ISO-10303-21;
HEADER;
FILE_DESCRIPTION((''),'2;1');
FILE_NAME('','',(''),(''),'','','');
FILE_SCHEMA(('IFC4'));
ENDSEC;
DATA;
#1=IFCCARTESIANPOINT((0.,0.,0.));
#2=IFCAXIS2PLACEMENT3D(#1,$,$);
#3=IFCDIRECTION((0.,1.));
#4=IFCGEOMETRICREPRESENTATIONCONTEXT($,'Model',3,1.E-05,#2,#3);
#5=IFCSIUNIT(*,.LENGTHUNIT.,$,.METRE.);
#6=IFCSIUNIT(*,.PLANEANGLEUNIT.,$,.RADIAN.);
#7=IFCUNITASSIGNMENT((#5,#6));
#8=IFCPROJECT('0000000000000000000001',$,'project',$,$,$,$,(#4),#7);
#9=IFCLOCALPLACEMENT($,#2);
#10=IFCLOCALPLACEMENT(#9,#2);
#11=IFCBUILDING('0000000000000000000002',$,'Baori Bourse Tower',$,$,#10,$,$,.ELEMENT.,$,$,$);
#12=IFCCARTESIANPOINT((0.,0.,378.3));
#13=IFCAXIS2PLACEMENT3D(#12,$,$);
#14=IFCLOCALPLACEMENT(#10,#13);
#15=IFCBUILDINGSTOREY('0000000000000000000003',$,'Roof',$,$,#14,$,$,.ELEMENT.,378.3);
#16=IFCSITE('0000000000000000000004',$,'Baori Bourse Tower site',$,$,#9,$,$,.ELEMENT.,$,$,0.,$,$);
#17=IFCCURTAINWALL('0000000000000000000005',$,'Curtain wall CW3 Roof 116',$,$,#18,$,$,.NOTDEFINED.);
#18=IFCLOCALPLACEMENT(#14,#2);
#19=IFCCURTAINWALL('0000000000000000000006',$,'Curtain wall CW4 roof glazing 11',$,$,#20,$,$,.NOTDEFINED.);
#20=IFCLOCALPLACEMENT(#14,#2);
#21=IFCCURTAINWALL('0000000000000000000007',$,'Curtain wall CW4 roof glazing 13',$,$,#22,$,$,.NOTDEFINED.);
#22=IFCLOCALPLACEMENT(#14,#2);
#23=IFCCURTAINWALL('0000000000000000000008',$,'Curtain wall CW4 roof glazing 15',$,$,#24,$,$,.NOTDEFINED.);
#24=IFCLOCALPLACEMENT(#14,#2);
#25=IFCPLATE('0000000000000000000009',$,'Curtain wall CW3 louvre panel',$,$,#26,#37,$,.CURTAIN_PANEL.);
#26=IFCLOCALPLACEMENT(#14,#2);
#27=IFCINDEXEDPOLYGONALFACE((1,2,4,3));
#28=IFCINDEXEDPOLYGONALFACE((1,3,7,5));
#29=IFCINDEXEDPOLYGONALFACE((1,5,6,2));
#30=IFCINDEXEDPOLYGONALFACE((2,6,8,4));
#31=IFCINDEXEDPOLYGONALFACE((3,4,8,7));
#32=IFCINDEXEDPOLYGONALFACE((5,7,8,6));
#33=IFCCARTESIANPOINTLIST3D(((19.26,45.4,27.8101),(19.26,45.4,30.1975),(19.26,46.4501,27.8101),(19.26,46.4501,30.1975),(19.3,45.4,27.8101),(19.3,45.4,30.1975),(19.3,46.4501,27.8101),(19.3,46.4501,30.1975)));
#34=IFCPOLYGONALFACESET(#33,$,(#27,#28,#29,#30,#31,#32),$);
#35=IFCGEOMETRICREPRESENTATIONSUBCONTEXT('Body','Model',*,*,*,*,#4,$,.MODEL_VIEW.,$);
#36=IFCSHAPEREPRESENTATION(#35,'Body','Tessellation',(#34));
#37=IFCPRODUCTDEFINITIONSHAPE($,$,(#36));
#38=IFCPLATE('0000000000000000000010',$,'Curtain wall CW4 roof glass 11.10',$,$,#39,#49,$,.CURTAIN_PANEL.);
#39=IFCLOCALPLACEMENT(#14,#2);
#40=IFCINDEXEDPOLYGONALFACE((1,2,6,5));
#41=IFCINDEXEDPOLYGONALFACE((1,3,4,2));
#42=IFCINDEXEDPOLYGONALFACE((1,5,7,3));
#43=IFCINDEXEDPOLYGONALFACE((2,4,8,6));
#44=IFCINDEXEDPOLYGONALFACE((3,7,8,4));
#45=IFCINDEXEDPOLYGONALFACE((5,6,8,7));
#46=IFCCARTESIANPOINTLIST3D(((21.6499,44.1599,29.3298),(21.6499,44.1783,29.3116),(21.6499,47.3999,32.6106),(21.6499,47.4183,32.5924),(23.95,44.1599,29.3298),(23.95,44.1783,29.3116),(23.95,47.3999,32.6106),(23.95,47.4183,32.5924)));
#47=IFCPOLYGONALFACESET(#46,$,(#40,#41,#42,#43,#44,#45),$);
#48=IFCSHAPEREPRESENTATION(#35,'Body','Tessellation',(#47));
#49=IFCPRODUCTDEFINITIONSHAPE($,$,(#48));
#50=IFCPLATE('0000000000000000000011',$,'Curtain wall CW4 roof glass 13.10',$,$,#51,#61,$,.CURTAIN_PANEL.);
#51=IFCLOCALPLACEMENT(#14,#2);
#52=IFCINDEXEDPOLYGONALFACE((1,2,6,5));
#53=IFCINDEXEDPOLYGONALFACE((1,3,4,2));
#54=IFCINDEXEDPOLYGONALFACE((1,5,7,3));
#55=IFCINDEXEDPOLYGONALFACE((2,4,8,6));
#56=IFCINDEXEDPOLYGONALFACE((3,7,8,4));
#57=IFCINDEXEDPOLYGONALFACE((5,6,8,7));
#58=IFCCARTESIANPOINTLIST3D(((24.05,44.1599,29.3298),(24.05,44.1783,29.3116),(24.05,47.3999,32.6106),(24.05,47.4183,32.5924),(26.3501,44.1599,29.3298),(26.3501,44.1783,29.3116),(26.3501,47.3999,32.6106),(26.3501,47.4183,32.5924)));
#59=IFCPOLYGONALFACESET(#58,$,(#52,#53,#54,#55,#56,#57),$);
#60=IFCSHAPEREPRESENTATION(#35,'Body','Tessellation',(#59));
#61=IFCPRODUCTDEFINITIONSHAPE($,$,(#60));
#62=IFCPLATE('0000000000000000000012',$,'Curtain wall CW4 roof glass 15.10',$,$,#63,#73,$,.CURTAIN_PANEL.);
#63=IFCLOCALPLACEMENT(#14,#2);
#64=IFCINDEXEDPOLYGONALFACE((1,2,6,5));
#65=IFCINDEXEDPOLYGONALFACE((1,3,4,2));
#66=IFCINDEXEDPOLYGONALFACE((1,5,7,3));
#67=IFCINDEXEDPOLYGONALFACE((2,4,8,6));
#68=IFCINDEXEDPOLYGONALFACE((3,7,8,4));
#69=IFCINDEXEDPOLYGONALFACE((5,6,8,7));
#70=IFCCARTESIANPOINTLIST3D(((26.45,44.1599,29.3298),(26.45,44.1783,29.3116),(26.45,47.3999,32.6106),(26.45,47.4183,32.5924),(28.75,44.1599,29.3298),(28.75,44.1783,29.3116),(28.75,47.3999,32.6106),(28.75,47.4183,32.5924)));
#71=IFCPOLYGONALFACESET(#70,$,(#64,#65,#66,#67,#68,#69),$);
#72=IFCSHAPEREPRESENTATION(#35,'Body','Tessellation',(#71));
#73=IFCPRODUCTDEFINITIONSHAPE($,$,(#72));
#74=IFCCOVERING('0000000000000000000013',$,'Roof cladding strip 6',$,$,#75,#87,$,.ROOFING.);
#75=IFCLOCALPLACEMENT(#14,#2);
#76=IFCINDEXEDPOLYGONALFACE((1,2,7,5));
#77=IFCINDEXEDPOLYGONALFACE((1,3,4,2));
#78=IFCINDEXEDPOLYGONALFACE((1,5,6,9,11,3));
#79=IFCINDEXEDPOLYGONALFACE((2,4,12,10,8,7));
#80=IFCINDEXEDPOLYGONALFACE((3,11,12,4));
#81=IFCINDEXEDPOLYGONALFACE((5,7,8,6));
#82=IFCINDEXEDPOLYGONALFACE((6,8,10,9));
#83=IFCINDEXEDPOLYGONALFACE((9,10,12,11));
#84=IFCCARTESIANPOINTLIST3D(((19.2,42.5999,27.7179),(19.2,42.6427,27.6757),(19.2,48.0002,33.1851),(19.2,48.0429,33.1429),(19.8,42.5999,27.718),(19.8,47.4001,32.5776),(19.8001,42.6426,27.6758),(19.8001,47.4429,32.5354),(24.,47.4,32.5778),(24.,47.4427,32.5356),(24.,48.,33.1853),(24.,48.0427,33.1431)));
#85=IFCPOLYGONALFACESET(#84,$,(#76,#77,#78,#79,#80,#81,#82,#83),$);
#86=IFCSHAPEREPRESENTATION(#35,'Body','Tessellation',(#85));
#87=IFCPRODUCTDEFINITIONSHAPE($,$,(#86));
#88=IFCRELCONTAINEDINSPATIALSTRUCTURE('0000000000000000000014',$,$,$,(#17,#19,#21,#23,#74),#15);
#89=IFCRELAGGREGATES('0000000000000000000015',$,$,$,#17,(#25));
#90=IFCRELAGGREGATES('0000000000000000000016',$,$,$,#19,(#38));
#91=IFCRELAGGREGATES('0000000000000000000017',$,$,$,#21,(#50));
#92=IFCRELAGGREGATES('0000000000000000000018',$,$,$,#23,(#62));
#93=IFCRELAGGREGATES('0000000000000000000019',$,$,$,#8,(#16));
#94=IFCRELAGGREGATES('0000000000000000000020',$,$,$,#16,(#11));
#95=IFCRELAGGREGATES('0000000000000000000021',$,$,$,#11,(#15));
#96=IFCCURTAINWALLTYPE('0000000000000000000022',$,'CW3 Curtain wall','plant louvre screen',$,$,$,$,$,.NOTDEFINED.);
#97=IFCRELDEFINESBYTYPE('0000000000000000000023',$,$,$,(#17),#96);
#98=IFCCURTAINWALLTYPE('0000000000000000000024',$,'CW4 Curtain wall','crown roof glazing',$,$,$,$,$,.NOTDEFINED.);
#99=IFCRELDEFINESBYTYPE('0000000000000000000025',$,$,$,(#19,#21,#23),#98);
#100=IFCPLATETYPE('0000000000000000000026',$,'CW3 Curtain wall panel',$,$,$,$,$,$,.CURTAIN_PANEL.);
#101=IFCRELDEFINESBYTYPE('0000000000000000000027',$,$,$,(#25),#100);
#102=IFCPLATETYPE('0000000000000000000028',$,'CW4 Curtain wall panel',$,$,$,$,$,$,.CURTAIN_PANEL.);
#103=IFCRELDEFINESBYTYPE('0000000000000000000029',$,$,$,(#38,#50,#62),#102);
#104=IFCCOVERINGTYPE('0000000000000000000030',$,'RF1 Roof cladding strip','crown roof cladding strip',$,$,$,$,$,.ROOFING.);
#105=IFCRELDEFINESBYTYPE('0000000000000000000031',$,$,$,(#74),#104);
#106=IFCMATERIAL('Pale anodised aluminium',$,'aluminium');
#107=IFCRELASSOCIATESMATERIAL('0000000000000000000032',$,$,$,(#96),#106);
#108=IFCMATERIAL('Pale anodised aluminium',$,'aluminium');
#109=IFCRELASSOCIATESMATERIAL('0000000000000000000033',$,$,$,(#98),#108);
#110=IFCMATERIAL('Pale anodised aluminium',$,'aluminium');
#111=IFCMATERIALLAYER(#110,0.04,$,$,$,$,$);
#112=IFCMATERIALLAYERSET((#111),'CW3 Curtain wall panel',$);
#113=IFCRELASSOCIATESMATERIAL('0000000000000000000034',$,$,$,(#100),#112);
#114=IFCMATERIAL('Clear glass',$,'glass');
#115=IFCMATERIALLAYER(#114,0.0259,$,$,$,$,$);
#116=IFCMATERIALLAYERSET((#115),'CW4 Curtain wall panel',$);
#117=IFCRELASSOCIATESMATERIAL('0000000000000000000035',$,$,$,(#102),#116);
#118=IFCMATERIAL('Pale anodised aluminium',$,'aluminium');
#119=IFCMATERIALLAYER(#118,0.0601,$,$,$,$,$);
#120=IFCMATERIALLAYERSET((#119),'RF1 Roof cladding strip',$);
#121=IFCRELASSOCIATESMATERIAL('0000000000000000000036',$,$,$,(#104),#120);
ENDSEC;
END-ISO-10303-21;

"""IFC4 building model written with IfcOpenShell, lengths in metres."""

from ifc_helpers import new_model, si_unit, direction, frame, origin, origin_2d, place, context, subcontext, project, spatial, polyline, rectangle, outline, extrude, material, layer, layer_set, type_object, element, aggregate, save


model = new_model("IFC4")

# Units and contexts
model_context = context("Model", 3, precision=1e-05, world=origin(), true_north=direction((0.0, 1.0)))
body_context = subcontext(model_context, "Body", "Model", "MODEL_VIEW")
ifc_project = project(units=[si_unit("LENGTHUNIT", "METRE"), si_unit("PLANEANGLEUNIT", "RADIAN")], contexts=[model_context])

# Site, building, storey
site_placement = place(None, origin())
site = spatial("IfcSite", under=ifc_project, at=site_placement, Name="Baori Bourse Tower site", CompositionType="ELEMENT", RefElevation=0.0)
building_placement = place(site_placement, origin())
building = spatial("IfcBuilding", under=site, at=building_placement, Name="Baori Bourse Tower", CompositionType="ELEMENT")
storey_placement = place(building_placement, frame((0.0, 0.0, 378.3)))
storey = spatial("IfcBuildingStorey", under=building, at=storey_placement, Name="Roof", CompositionType="ELEMENT", Elevation=378.3)

# Curtain wall
ifc_material_1 = material(Name="Pale anodised aluminium", Category="aluminium")
curtain_wall_type_1 = type_object("IfcCurtainWallType", Name="CW3 Curtain wall", Description="plant louvre screen", PredefinedType="NOTDEFINED", material=ifc_material_1)
curtain_wall_1_placement = place(storey_placement, origin())
curtain_wall_1 = element("IfcCurtainWall", 1, at=curtain_wall_1_placement, inside=storey, type_object=curtain_wall_type_1, Name="Curtain wall CW3 Roof 116", PredefinedType="NOTDEFINED")

# Curtain walls
ifc_material_2 = material(Name="Pale anodised aluminium", Category="aluminium")
curtain_wall_type_2 = type_object("IfcCurtainWallType", Name="CW4 Curtain wall", Description="crown roof glazing", PredefinedType="NOTDEFINED", material=ifc_material_2)
curtain_wall_2_placement = place(storey_placement, origin())
curtain_wall_2 = element("IfcCurtainWall", 2, at=curtain_wall_2_placement, inside=storey, type_object=curtain_wall_type_2, Name="Curtain wall CW4 roof glazing 11", PredefinedType="NOTDEFINED")
curtain_wall_3_placement = place(storey_placement, origin())
curtain_wall_3 = element("IfcCurtainWall", 3, at=curtain_wall_3_placement, inside=storey, type_object=curtain_wall_type_2, Name="Curtain wall CW4 roof glazing 13", PredefinedType="NOTDEFINED")
curtain_wall_4_placement = place(storey_placement, origin())
curtain_wall_4 = element("IfcCurtainWall", 4, at=curtain_wall_4_placement, inside=storey, type_object=curtain_wall_type_2, Name="Curtain wall CW4 roof glazing 15", PredefinedType="NOTDEFINED")

# Plates
ifc_material_3 = material(Name="Pale anodised aluminium", Category="aluminium")
ifc_layer_1 = layer(ifc_material_3, 0.04)
ifc_layer_set_1 = layer_set([ifc_layer_1], Name="CW3 Curtain wall panel")
plate_type_1 = type_object("IfcPlateType", Name="CW3 Curtain wall panel", PredefinedType="CURTAIN_PANEL", material=ifc_layer_set_1)
plate_1_placement = place(storey_placement, frame((19.28, 45.925, 27.8101), z_axis=(0.0, 0.0, 1.0), x_axis=(0.0, -1.0, 0.0)))
plate_1 = element("IfcPlate", 5, at=plate_1_placement, type_object=plate_type_1, Name="Curtain wall CW3 louvre panel", PredefinedType="CURTAIN_PANEL", context=body_context, shape_type="SweptSolid", body=[
    extrude(rectangle(XDim=1.05, YDim=0.04, at=origin_2d()), origin(), (0.0, 0.0, 1.0), 2.3875),
])
aggregate(curtain_wall_1, [plate_1])
ifc_material_4 = material(Name="Clear glass", Category="glass")
ifc_layer_2 = layer(ifc_material_4, 0.0259)
ifc_layer_set_2 = layer_set([ifc_layer_2], Name="CW4 Curtain wall panel")
plate_type_2 = type_object("IfcPlateType", Name="CW4 Curtain wall panel", PredefinedType="CURTAIN_PANEL", material=ifc_layer_set_2)
plate_2_placement = place(storey_placement, frame((21.6499, 44.1599, 29.3298), z_axis=(0.0, -0.711514, 0.702672), x_axis=(1.0, 0.0, 0.0)))
plate_2 = element("IfcPlate", 6, at=plate_2_placement, type_object=plate_type_2, Name="Curtain wall CW4 roof glass 11.10", PredefinedType="CURTAIN_PANEL", context=body_context, shape_type="SweptSolid", body=[
    extrude(outline(polyline([(0.0, 0.0), (2.3, 0.0), (2.3, 4.611), (0.0, 4.611), (0.0, 0.0)])), origin(), (0.0, 0.0, -1.0), 0.0259),
])
aggregate(curtain_wall_2, [plate_2])
plate_3_placement = place(storey_placement, frame((24.05, 44.1599, 29.3298), z_axis=(0.0, -0.711514, 0.702672), x_axis=(1.0, 0.0, 0.0)))
plate_3 = element("IfcPlate", 7, at=plate_3_placement, type_object=plate_type_2, Name="Curtain wall CW4 roof glass 13.10", PredefinedType="CURTAIN_PANEL", context=body_context, shape_type="SweptSolid", body=[
    extrude(outline(polyline([(0.0, 0.0), (2.3, 0.0), (2.3, 4.611), (0.0, 4.611), (0.0, 0.0)])), origin(), (0.0, 0.0, -1.0), 0.0259),
])
aggregate(curtain_wall_3, [plate_3])
plate_4_placement = place(storey_placement, frame((26.45, 44.1599, 29.3298), z_axis=(0.0, -0.711514, 0.702672), x_axis=(1.0, 0.0, 0.0)))
plate_4 = element("IfcPlate", 8, at=plate_4_placement, type_object=plate_type_2, Name="Curtain wall CW4 roof glass 15.10", PredefinedType="CURTAIN_PANEL", context=body_context, shape_type="SweptSolid", body=[
    extrude(outline(polyline([(0.0, 0.0), (2.3, 0.0), (2.3, 4.611), (0.0, 4.611), (0.0, 0.0)])), origin(), (0.0, 0.0, -1.0), 0.0259),
])
aggregate(curtain_wall_4, [plate_4])

# Covering
ifc_material_5 = material(Name="Pale anodised aluminium", Category="aluminium")
ifc_layer_3 = layer(ifc_material_5, 0.0601)
ifc_layer_set_3 = layer_set([ifc_layer_3], Name="RF1 Roof cladding strip")
covering_type = type_object("IfcCoveringType", Name="RF1 Roof cladding strip", Description="crown roof cladding strip", PredefinedType="ROOFING", material=ifc_layer_set_3)
covering_placement = place(storey_placement, frame((24.0, 48.0, 33.1853), z_axis=(-0.000063, -0.711445, 0.702742), x_axis=(-1.0, 0.000045, -0.000044)))
element("IfcCovering", 9, at=covering_placement, inside=storey, type_object=covering_type, Name="Roof cladding strip 6", PredefinedType="ROOFING", context=body_context, shape_type="SweptSolid", body=[
    extrude(outline(polyline([(0.0, 0.0), (4.8, 0.0), (4.8, 7.6846), (4.2, 7.6846), (4.2, 0.8539), (0.0, 0.8539), (0.0, 0.0)])), origin(), (0.0, 0.0, -1.0), 0.0601),
])

save(model, "model.ifc")
